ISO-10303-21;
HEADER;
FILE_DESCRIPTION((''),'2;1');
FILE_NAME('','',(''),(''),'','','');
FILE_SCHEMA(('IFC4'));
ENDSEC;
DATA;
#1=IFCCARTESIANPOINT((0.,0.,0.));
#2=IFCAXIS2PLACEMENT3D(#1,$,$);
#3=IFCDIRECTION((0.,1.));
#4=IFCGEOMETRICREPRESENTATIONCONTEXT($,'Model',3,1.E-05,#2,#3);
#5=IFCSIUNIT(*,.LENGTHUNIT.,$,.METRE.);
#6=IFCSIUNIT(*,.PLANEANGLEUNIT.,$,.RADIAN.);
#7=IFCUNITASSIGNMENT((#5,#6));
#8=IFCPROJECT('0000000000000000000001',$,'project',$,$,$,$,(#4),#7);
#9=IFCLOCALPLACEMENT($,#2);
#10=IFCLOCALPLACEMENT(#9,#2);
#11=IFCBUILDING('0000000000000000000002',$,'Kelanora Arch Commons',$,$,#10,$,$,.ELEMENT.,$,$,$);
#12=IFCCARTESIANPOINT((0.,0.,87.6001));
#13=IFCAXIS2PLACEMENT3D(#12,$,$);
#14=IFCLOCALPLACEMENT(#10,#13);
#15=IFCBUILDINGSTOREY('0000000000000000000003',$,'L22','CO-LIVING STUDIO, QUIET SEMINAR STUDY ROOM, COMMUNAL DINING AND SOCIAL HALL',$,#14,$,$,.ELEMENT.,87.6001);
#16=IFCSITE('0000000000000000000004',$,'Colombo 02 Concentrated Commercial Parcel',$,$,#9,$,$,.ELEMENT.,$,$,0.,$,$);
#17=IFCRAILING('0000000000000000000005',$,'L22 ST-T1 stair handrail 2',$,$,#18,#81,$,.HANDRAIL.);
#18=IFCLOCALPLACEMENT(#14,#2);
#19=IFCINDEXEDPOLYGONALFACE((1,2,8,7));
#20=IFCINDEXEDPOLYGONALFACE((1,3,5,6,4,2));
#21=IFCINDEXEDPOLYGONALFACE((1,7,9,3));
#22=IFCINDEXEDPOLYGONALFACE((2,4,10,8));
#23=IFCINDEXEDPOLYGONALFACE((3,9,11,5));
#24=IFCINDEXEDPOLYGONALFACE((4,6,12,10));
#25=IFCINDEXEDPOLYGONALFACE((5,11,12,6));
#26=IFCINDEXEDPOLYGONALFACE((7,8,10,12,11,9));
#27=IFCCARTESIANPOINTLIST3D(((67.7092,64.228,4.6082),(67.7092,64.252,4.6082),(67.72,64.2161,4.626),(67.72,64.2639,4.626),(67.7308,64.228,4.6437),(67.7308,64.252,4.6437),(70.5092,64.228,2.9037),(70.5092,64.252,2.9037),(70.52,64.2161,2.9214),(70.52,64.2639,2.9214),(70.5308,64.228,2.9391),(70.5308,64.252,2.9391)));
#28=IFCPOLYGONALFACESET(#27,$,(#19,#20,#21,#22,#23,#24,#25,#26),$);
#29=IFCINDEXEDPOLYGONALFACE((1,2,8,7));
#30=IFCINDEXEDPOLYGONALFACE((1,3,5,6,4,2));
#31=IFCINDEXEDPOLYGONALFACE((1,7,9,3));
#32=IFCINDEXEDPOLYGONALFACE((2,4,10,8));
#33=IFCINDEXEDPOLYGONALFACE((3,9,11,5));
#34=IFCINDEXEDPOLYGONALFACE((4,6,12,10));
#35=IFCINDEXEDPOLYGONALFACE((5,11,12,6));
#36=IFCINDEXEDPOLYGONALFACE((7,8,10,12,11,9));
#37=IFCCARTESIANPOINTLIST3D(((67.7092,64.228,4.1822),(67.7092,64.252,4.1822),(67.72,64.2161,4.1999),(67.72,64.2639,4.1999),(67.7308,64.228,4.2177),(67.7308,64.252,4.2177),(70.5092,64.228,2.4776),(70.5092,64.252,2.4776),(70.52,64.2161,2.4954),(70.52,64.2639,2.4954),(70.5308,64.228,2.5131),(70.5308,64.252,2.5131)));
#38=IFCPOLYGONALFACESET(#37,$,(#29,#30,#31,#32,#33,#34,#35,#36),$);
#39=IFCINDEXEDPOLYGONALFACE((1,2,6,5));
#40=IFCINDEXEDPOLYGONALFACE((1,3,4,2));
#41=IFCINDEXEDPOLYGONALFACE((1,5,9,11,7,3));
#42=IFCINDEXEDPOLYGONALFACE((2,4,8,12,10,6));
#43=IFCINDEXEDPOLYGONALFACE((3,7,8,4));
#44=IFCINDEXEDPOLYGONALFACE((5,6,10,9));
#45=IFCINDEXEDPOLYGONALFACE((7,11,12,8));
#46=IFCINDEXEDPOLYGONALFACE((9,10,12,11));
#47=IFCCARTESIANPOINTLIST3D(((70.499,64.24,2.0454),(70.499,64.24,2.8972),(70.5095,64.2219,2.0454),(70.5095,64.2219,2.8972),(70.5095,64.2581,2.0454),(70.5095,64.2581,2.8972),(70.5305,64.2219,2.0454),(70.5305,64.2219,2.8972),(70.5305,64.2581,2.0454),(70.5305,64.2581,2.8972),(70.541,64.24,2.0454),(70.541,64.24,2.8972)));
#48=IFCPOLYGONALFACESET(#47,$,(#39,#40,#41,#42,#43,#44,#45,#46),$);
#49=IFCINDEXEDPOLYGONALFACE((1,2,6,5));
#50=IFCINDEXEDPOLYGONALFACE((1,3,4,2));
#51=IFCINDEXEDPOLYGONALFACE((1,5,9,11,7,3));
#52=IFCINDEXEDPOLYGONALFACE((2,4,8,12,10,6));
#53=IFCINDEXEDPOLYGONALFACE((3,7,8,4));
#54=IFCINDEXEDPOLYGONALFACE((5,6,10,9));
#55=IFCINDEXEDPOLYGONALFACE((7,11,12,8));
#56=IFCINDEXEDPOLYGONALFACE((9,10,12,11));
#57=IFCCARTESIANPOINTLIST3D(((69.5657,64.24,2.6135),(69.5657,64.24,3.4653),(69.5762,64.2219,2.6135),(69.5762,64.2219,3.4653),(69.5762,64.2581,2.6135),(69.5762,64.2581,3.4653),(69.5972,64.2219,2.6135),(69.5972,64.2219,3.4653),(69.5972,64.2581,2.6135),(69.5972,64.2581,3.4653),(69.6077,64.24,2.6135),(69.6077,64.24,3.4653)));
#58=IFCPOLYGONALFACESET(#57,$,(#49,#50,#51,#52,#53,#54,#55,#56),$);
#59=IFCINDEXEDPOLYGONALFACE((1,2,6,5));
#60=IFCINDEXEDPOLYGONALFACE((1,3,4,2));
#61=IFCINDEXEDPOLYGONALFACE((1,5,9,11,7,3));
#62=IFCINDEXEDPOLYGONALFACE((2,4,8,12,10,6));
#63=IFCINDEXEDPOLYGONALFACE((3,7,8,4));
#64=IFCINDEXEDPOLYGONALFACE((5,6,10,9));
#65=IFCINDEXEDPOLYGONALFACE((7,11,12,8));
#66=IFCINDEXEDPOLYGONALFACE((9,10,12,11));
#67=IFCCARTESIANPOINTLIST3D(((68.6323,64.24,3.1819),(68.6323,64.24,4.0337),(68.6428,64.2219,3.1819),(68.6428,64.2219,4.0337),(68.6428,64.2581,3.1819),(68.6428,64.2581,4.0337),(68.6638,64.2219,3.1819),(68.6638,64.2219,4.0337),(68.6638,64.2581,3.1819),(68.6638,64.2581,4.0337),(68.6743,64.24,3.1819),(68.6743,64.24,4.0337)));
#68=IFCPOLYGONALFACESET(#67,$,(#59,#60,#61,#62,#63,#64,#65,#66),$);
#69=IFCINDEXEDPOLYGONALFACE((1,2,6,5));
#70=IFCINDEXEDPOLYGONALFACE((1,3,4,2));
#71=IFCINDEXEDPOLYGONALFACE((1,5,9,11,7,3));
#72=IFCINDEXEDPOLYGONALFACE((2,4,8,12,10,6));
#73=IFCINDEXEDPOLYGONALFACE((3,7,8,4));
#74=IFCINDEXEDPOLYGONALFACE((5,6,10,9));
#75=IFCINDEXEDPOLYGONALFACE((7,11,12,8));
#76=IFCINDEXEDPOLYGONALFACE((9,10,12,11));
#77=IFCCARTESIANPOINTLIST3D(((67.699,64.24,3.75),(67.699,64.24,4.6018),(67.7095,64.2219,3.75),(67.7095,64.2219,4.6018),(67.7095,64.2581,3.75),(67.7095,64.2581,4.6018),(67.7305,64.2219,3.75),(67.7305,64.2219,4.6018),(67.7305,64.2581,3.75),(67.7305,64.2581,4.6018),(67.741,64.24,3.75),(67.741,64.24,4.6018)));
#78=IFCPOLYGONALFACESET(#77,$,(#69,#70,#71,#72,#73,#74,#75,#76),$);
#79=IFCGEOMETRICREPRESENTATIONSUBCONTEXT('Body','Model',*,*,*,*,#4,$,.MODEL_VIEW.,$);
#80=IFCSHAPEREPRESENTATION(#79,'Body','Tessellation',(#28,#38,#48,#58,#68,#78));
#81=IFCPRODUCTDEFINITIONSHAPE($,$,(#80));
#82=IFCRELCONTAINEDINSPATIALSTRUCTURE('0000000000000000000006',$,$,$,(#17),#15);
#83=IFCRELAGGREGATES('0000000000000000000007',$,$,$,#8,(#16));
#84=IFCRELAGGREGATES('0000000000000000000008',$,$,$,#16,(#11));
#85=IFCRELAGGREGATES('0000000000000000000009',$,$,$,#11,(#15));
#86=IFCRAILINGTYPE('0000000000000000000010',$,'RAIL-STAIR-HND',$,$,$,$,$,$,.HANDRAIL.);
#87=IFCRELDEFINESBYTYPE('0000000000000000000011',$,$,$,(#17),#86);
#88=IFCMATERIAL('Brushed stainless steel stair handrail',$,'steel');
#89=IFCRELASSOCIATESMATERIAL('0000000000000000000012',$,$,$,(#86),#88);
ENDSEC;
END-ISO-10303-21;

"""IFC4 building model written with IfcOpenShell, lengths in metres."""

from ifc_helpers import new_model, si_unit, direction, frame, origin, place, context, subcontext, project, spatial, polyline, outline, extrude, material, type_object, element, save


model = new_model("IFC4")

# Units and contexts
model_context = context("Model", 3, precision=1e-05, world=origin(), true_north=direction((0.0, 1.0)))
body_context = subcontext(model_context, "Body", "Model", "MODEL_VIEW")
ifc_project = project(units=[si_unit("LENGTHUNIT", "METRE"), si_unit("PLANEANGLEUNIT", "RADIAN")], contexts=[model_context])

# Site, building, storey
site_placement = place(None, origin())
site = spatial("IfcSite", under=ifc_project, at=site_placement, Name="Colombo 02 Concentrated Commercial Parcel", CompositionType="ELEMENT", RefElevation=0.0)
building_placement = place(site_placement, origin())
building = spatial("IfcBuilding", under=site, at=building_placement, Name="Kelanora Arch Commons", CompositionType="ELEMENT")
storey_placement = place(building_placement, frame((0.0, 0.0, 87.6001)))
storey = spatial("IfcBuildingStorey", under=building, at=storey_placement, Name="L22", Description="CO-LIVING STUDIO, QUIET SEMINAR STUDY ROOM, COMMUNAL DINING AND SOCIAL HALL", CompositionType="ELEMENT", Elevation=87.6001)

# Railing
ifc_material_1 = material(Name="Brushed stainless steel stair handrail", Category="steel")
railing_type_1 = type_object("IfcRailingType", Name="RAIL-STAIR-HND", PredefinedType="HANDRAIL", material=ifc_material_1)
railing_1_placement = place(storey_placement, frame((70.52, 64.24, 2.0454)))
element("IfcRailing", 1, at=railing_1_placement, inside=storey, type_object=railing_type_1, Name="L22 ST-T1 stair handrail 2", PredefinedType="HANDRAIL", context=body_context, shape_type="SweptSolid", body=[
    extrude(outline(polyline([(0.0239, 0.0), (0.012, 0.0208), (-0.012, 0.0208), (-0.0239, 0.0), (-0.012, -0.0208), (0.012, -0.0208), (0.0239, 0.0)])), frame((0.0, 0.0, 0.876), z_axis=(-0.85417, 0.0, 0.519994), x_axis=(0.0, -1.0, 0.0)), (0.0, 0.0, 1.0), 3.2781),
    extrude(outline(polyline([(0.0239, 0.0), (0.012, 0.0208), (-0.012, 0.0208), (-0.0239, 0.0), (-0.012, -0.0208), (0.012, -0.0208), (0.0239, 0.0)])), frame((0.0, 0.0, 0.45), z_axis=(-0.85417, 0.0, 0.519994), x_axis=(0.0, -1.0, 0.0)), (0.0, 0.0, 1.0), 3.2781),
    extrude(outline(polyline([(0.021, 0.0), (0.0105, 0.0181), (-0.0105, 0.0181), (-0.021, 0.0), (-0.0105, -0.0181), (0.0105, -0.0181), (0.021, 0.0)])), origin(), (0.0, 0.0, 1.0), 0.8518),
    extrude(outline(polyline([(0.021, 0.0), (0.0105, 0.0181), (-0.0105, 0.0181), (-0.021, 0.0), (-0.0105, -0.0181), (0.0105, -0.0181), (0.021, 0.0)])), frame((-0.9333, 0.0, 0.5681)), (0.0, 0.0, 1.0), 0.8518),
    extrude(outline(polyline([(0.021, 0.0), (0.0105, 0.0181), (-0.0105, 0.0181), (-0.021, 0.0), (-0.0105, -0.0181), (0.0105, -0.0181), (0.021, 0.0)])), frame((-1.8667, 0.0, 1.1365)), (0.0, 0.0, 1.0), 0.8518),
    extrude(outline(polyline([(0.021, 0.0), (0.0105, 0.0181), (-0.0105, 0.0181), (-0.021, 0.0), (-0.0105, -0.0181), (0.0105, -0.0181), (0.021, 0.0)])), frame((-2.8, 0.0, 1.7046)), (0.0, 0.0, 1.0), 0.8518),
])

save(model, "model.ifc")
